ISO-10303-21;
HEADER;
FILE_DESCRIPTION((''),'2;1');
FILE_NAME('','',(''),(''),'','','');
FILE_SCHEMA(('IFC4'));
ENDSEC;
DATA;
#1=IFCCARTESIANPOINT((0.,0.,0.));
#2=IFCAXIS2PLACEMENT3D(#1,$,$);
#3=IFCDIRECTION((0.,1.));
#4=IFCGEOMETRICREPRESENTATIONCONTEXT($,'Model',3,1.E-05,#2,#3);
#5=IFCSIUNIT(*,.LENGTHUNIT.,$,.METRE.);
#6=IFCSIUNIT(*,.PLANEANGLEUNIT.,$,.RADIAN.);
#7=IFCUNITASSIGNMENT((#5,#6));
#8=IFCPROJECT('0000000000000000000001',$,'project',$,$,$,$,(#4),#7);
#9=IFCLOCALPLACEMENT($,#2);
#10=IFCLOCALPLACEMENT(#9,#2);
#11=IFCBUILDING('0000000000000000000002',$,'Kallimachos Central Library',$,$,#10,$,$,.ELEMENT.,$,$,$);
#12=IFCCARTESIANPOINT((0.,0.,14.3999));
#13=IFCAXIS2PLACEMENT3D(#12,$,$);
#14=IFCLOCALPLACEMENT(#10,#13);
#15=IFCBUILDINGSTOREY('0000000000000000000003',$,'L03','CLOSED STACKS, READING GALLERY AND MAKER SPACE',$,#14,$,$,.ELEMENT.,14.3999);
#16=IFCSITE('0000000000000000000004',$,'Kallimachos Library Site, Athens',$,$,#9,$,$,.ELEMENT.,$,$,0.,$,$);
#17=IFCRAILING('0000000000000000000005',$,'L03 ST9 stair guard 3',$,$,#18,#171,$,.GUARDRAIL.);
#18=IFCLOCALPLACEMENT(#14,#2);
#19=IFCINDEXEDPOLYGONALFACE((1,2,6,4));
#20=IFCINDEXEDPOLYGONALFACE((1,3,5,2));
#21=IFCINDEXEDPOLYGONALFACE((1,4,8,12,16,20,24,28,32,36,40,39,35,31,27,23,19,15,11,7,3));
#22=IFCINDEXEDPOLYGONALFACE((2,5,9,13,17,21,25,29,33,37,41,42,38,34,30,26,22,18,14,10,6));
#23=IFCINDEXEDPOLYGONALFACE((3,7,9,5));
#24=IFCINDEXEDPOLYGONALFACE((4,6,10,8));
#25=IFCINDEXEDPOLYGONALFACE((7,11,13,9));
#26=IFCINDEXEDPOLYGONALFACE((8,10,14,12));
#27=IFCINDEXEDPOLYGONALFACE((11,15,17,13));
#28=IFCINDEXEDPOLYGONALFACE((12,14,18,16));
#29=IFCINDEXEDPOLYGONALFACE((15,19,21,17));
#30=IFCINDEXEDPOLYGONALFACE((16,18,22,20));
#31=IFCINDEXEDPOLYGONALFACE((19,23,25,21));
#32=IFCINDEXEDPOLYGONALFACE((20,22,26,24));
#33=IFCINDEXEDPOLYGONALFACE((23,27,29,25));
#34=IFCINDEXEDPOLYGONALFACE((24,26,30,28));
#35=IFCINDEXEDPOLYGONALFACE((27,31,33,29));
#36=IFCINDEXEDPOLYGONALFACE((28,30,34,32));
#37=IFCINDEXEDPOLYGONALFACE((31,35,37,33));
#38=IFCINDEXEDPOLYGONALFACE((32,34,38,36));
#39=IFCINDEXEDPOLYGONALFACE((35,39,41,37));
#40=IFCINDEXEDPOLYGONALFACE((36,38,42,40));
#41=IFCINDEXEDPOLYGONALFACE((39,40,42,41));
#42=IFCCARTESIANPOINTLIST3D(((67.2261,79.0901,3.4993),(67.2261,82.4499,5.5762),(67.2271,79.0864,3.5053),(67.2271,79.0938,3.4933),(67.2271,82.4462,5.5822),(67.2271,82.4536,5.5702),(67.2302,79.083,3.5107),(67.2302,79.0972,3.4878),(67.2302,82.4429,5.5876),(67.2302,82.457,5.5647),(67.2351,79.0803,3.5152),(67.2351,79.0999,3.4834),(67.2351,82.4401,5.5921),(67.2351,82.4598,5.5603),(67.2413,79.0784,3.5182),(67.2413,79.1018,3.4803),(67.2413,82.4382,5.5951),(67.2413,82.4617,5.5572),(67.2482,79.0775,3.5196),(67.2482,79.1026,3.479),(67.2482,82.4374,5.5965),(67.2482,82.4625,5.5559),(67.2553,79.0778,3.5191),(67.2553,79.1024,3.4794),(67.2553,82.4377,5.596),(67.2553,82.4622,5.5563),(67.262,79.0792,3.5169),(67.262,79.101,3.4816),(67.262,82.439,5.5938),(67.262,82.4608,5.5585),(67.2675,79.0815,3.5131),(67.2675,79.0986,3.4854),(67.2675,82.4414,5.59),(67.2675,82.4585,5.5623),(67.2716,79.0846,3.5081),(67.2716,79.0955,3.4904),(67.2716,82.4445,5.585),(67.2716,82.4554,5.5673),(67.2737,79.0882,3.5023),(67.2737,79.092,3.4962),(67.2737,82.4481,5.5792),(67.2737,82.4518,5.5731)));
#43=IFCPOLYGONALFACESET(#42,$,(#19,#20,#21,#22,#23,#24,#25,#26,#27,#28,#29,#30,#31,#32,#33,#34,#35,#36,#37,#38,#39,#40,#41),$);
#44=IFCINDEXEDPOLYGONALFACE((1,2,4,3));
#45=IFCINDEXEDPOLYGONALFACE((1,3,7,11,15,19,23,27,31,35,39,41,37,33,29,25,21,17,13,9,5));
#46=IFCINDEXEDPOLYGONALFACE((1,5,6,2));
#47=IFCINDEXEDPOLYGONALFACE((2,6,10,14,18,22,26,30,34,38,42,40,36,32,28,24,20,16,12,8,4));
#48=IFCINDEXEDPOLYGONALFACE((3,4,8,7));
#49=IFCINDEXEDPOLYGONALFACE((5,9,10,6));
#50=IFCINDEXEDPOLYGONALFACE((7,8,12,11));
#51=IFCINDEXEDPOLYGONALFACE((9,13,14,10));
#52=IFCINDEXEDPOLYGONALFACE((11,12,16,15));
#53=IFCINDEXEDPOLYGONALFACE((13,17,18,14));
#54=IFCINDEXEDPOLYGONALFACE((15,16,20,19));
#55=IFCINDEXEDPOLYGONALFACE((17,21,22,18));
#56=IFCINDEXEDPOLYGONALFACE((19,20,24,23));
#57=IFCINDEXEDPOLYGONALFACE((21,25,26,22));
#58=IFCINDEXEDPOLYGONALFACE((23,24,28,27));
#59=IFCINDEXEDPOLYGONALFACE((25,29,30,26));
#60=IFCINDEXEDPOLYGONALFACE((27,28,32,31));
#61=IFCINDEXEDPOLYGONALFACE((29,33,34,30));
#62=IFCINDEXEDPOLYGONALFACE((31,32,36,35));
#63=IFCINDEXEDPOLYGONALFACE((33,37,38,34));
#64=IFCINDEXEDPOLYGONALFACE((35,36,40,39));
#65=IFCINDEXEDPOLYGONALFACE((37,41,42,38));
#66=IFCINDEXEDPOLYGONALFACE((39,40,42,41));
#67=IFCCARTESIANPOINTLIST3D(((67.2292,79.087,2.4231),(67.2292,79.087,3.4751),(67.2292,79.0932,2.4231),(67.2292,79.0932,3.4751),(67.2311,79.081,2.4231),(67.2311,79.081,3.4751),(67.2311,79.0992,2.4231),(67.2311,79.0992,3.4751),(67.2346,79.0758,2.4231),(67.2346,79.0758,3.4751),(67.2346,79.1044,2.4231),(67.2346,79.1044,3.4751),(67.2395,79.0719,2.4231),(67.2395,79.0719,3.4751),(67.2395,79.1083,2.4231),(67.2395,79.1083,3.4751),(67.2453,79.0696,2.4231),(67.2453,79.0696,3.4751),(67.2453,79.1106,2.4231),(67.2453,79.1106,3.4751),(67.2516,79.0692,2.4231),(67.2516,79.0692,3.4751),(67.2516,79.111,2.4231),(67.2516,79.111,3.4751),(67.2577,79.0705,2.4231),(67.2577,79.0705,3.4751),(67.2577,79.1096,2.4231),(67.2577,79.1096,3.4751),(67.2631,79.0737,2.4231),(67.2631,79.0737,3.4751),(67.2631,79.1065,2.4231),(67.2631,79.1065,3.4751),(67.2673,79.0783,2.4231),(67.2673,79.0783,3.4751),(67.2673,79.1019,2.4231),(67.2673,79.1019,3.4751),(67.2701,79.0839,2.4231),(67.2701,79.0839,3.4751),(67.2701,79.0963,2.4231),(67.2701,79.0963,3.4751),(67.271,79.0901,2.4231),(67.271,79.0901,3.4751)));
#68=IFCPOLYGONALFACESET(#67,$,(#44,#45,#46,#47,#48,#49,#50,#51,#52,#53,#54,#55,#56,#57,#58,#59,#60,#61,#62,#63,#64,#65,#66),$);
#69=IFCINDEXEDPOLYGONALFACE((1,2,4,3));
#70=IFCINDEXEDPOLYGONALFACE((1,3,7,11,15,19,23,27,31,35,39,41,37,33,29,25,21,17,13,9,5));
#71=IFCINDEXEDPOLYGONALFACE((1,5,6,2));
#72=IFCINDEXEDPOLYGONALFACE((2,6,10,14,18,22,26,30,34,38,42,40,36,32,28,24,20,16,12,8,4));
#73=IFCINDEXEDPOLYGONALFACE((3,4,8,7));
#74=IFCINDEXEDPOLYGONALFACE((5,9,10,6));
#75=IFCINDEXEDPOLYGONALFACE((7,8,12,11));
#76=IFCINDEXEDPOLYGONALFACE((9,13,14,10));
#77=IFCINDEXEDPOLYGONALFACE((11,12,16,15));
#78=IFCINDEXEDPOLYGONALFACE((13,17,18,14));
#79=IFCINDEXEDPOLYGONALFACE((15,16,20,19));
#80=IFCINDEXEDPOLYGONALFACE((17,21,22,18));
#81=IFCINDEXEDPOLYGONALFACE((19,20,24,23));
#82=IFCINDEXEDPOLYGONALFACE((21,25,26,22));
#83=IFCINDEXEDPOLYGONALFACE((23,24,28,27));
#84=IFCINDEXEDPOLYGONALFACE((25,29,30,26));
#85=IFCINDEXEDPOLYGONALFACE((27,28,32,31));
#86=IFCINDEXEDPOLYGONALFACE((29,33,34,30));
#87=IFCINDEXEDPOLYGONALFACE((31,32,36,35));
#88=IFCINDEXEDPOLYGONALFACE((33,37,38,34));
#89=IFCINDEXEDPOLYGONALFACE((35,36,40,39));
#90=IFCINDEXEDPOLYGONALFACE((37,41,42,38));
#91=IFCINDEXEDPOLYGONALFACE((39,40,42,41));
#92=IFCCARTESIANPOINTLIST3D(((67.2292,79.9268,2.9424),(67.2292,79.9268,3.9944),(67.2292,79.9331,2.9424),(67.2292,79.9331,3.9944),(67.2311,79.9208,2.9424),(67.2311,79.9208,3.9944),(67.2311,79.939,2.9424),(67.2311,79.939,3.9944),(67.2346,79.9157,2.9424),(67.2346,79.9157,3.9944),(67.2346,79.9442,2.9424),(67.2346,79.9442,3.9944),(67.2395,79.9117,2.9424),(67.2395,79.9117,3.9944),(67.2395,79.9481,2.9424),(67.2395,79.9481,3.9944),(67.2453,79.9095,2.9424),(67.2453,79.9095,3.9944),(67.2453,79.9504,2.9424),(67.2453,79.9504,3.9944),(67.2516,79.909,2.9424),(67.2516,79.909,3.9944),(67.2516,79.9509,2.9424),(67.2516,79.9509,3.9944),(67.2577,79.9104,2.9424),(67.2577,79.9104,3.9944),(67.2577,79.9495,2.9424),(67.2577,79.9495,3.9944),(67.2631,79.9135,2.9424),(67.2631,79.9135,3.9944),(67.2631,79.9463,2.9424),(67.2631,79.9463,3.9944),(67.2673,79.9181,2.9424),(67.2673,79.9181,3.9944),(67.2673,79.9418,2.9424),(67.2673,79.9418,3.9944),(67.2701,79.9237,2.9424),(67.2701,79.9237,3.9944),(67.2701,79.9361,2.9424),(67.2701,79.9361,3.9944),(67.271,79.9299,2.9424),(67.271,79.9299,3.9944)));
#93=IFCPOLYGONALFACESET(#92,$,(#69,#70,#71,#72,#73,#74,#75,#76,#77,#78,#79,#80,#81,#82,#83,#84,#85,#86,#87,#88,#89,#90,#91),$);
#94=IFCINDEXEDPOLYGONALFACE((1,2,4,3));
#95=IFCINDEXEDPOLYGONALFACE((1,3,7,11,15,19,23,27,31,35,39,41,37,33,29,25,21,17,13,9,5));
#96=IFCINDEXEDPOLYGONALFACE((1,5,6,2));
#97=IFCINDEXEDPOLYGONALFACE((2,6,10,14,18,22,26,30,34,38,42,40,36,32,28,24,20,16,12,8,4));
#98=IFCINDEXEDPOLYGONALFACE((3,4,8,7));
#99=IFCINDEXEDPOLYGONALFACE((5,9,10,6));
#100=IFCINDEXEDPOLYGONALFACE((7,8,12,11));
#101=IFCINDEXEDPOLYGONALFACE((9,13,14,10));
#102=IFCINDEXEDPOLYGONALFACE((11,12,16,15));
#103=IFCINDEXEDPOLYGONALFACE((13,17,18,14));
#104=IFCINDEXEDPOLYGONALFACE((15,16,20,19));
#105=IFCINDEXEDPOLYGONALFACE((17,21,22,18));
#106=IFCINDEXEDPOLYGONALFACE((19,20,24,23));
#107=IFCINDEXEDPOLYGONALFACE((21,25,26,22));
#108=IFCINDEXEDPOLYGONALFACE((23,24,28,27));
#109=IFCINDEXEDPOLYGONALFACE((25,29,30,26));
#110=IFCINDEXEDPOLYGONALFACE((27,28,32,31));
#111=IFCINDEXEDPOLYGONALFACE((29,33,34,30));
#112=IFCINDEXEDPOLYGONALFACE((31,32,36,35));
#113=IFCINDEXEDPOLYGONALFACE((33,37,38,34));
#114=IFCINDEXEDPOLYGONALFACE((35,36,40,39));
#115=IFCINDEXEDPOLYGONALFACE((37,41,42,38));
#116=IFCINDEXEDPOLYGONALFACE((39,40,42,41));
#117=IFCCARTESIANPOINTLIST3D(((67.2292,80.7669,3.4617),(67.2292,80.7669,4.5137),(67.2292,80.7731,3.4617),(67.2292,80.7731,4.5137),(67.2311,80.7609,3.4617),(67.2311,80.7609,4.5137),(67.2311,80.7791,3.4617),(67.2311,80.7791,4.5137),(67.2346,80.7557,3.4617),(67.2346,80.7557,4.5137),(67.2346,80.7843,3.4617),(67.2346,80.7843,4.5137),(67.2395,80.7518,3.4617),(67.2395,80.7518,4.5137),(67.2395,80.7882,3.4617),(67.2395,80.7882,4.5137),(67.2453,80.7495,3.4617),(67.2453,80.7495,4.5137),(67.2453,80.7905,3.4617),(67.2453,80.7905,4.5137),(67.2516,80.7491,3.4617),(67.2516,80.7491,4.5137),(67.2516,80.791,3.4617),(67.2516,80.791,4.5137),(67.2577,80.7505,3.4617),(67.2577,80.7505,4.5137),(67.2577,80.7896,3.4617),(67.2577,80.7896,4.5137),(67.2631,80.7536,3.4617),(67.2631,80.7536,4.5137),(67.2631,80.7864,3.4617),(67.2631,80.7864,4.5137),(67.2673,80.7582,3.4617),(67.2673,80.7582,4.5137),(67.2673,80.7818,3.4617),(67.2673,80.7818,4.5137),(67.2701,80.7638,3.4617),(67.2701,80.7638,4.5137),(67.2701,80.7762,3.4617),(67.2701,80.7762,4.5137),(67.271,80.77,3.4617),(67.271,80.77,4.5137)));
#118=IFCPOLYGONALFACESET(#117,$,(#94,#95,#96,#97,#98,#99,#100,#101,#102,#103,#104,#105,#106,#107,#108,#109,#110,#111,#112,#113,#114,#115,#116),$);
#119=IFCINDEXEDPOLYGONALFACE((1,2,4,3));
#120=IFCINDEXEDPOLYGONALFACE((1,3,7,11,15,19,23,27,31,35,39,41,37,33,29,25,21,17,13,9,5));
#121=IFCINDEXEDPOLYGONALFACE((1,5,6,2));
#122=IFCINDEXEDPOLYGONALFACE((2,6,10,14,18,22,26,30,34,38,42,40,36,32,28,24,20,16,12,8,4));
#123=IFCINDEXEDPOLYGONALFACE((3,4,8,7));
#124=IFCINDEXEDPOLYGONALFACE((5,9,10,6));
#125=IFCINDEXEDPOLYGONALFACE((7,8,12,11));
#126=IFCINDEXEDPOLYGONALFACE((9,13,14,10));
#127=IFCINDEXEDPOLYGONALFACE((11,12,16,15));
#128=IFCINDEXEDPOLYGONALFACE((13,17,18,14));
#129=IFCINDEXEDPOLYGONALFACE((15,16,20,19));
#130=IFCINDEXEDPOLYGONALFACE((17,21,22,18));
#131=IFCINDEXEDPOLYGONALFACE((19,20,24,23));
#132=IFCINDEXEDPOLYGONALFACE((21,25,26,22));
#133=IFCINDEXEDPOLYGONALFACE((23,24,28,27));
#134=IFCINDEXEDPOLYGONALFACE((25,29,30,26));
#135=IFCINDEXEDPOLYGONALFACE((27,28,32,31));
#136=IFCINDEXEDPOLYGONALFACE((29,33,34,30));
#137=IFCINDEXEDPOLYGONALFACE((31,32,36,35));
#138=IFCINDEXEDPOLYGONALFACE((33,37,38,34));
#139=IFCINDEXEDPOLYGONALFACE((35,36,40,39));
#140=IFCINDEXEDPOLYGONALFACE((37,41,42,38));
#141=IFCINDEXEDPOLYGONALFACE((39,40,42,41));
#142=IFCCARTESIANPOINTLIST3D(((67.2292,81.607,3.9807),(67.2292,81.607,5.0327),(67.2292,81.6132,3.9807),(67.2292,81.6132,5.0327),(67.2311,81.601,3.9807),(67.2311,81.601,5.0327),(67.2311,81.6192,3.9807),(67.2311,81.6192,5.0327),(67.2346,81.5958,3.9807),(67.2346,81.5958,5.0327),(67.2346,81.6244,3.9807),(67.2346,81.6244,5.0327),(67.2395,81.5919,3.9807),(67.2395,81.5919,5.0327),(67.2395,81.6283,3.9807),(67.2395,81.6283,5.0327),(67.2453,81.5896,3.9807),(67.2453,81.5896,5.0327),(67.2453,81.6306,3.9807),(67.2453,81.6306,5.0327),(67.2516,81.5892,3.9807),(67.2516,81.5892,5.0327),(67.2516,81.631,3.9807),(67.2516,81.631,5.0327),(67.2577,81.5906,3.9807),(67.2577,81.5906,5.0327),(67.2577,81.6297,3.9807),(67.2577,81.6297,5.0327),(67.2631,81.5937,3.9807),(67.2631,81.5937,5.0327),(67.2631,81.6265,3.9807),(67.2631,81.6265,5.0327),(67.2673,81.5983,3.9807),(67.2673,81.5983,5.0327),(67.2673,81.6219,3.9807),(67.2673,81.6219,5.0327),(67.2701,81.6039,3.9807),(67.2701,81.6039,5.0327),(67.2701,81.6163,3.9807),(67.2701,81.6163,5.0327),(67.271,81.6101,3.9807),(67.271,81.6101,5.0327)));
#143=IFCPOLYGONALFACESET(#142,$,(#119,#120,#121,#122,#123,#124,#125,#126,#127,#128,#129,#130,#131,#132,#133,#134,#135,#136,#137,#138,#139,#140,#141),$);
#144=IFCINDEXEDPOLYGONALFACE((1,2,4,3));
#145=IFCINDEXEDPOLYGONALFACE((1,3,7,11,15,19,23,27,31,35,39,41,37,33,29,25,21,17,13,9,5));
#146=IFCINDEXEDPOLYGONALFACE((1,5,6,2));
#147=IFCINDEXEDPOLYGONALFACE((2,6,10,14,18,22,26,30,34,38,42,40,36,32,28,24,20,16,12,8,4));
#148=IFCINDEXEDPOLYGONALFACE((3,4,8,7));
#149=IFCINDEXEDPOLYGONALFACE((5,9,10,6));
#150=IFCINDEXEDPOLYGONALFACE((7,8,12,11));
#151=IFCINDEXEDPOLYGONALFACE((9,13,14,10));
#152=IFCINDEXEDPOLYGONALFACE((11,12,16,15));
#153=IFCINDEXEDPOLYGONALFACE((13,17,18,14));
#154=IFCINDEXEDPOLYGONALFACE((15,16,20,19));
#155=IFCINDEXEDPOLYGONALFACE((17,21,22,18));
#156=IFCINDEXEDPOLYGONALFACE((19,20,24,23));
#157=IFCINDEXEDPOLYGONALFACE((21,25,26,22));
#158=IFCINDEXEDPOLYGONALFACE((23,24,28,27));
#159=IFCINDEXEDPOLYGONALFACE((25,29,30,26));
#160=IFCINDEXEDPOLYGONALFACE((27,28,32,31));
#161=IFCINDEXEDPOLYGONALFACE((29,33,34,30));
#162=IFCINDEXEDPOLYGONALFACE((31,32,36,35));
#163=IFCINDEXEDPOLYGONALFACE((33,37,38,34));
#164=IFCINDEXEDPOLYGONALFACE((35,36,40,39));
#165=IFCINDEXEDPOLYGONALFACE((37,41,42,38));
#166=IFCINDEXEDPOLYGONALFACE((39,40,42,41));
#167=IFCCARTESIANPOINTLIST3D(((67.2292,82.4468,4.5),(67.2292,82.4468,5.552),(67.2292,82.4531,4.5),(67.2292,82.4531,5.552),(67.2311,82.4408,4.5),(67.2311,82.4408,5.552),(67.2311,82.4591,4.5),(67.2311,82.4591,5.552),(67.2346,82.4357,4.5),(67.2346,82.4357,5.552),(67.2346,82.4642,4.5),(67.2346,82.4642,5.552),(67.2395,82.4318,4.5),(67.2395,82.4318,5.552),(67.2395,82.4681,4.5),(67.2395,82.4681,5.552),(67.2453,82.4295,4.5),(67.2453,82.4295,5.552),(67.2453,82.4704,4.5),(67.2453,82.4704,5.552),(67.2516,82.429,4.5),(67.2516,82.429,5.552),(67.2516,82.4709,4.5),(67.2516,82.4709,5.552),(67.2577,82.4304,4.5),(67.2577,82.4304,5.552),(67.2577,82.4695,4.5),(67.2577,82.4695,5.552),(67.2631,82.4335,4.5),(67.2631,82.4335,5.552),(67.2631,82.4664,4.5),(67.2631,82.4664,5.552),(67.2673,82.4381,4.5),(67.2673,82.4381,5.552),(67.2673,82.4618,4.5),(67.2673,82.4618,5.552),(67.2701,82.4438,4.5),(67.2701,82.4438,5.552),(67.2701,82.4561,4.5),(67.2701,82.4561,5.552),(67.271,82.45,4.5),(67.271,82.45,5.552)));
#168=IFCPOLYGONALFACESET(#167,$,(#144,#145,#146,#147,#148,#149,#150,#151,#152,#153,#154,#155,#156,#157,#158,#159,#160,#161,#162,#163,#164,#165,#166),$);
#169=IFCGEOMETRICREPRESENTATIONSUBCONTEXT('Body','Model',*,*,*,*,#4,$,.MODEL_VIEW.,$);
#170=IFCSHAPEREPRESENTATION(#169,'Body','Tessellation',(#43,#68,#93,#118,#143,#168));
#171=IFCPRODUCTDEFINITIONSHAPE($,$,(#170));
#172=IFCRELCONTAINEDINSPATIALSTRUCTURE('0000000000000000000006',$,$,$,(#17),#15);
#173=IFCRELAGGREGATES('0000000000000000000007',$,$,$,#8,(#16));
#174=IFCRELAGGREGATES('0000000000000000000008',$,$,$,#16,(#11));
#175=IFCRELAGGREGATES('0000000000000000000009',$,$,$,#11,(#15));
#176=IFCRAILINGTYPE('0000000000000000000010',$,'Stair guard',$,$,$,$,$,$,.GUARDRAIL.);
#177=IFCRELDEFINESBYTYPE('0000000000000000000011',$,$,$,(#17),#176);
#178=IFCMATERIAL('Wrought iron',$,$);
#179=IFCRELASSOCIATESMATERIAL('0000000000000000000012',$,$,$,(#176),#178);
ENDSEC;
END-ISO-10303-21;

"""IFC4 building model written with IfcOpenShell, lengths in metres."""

from ifc_helpers import new_model, si_unit, direction, frame, origin, origin_2d, place, context, subcontext, project, spatial, circle, extrude, material, type_object, element, save


model = new_model("IFC4")

# Units and contexts
model_context = context("Model", 3, precision=1e-05, world=origin(), true_north=direction((0.0, 1.0)))
body_context = subcontext(model_context, "Body", "Model", "MODEL_VIEW")
ifc_project = project(units=[si_unit("LENGTHUNIT", "METRE"), si_unit("PLANEANGLEUNIT", "RADIAN")], contexts=[model_context])

# Site, building, storey
site_placement = place(None, origin())
site = spatial("IfcSite", under=ifc_project, at=site_placement, Name="Kallimachos Library Site, Athens", CompositionType="ELEMENT", RefElevation=0.0)
building_placement = place(site_placement, origin())
building = spatial("IfcBuilding", under=site, at=building_placement, Name="Kallimachos Central Library", CompositionType="ELEMENT")
storey_placement = place(building_placement, frame((0.0, 0.0, 14.3999)))
storey = spatial("IfcBuildingStorey", under=building, at=storey_placement, Name="L03", Description="CLOSED STACKS, READING GALLERY AND MAKER SPACE", CompositionType="ELEMENT", Elevation=14.3999)

# Railing
ifc_material_1 = material(Name="Wrought iron")
railing_type_1 = type_object("IfcRailingType", Name="Stair guard", PredefinedType="GUARDRAIL", material=ifc_material_1)
railing_1_placement = place(storey_placement, frame((67.25, 79.0901, 2.4231)))
element("IfcRailing", 1, at=railing_1_placement, inside=storey, type_object=railing_type_1, Name="L03 ST9 stair guard 3", PredefinedType="GUARDRAIL", context=body_context, shape_type="SweptSolid", body=[
    extrude(circle(Radius=0.0239, at=origin_2d()), frame((0.0, 0.0, 1.0762), z_axis=(0.0, 0.850606, 0.525803), x_axis=(-1.0, 0.0, 0.0)), (0.0, 0.0, 1.0), 3.95),
    extrude(circle(Radius=0.021, at=origin_2d()), origin(), (0.0, 0.0, 1.0), 1.052),
    extrude(circle(Radius=0.021, at=origin_2d()), frame((0.0, 0.8398, 0.5193)), (0.0, 0.0, 1.0), 1.052),
    extrude(circle(Radius=0.021, at=origin_2d()), frame((0.0, 1.6799, 1.0386)), (0.0, 0.0, 1.0), 1.052),
    extrude(circle(Radius=0.021, at=origin_2d()), frame((0.0, 2.52, 1.5576)), (0.0, 0.0, 1.0), 1.052),
    extrude(circle(Radius=0.021, at=origin_2d()), frame((0.0, 3.3599, 2.0769)), (0.0, 0.0, 1.0), 1.052),
])

save(model, "model.ifc")
